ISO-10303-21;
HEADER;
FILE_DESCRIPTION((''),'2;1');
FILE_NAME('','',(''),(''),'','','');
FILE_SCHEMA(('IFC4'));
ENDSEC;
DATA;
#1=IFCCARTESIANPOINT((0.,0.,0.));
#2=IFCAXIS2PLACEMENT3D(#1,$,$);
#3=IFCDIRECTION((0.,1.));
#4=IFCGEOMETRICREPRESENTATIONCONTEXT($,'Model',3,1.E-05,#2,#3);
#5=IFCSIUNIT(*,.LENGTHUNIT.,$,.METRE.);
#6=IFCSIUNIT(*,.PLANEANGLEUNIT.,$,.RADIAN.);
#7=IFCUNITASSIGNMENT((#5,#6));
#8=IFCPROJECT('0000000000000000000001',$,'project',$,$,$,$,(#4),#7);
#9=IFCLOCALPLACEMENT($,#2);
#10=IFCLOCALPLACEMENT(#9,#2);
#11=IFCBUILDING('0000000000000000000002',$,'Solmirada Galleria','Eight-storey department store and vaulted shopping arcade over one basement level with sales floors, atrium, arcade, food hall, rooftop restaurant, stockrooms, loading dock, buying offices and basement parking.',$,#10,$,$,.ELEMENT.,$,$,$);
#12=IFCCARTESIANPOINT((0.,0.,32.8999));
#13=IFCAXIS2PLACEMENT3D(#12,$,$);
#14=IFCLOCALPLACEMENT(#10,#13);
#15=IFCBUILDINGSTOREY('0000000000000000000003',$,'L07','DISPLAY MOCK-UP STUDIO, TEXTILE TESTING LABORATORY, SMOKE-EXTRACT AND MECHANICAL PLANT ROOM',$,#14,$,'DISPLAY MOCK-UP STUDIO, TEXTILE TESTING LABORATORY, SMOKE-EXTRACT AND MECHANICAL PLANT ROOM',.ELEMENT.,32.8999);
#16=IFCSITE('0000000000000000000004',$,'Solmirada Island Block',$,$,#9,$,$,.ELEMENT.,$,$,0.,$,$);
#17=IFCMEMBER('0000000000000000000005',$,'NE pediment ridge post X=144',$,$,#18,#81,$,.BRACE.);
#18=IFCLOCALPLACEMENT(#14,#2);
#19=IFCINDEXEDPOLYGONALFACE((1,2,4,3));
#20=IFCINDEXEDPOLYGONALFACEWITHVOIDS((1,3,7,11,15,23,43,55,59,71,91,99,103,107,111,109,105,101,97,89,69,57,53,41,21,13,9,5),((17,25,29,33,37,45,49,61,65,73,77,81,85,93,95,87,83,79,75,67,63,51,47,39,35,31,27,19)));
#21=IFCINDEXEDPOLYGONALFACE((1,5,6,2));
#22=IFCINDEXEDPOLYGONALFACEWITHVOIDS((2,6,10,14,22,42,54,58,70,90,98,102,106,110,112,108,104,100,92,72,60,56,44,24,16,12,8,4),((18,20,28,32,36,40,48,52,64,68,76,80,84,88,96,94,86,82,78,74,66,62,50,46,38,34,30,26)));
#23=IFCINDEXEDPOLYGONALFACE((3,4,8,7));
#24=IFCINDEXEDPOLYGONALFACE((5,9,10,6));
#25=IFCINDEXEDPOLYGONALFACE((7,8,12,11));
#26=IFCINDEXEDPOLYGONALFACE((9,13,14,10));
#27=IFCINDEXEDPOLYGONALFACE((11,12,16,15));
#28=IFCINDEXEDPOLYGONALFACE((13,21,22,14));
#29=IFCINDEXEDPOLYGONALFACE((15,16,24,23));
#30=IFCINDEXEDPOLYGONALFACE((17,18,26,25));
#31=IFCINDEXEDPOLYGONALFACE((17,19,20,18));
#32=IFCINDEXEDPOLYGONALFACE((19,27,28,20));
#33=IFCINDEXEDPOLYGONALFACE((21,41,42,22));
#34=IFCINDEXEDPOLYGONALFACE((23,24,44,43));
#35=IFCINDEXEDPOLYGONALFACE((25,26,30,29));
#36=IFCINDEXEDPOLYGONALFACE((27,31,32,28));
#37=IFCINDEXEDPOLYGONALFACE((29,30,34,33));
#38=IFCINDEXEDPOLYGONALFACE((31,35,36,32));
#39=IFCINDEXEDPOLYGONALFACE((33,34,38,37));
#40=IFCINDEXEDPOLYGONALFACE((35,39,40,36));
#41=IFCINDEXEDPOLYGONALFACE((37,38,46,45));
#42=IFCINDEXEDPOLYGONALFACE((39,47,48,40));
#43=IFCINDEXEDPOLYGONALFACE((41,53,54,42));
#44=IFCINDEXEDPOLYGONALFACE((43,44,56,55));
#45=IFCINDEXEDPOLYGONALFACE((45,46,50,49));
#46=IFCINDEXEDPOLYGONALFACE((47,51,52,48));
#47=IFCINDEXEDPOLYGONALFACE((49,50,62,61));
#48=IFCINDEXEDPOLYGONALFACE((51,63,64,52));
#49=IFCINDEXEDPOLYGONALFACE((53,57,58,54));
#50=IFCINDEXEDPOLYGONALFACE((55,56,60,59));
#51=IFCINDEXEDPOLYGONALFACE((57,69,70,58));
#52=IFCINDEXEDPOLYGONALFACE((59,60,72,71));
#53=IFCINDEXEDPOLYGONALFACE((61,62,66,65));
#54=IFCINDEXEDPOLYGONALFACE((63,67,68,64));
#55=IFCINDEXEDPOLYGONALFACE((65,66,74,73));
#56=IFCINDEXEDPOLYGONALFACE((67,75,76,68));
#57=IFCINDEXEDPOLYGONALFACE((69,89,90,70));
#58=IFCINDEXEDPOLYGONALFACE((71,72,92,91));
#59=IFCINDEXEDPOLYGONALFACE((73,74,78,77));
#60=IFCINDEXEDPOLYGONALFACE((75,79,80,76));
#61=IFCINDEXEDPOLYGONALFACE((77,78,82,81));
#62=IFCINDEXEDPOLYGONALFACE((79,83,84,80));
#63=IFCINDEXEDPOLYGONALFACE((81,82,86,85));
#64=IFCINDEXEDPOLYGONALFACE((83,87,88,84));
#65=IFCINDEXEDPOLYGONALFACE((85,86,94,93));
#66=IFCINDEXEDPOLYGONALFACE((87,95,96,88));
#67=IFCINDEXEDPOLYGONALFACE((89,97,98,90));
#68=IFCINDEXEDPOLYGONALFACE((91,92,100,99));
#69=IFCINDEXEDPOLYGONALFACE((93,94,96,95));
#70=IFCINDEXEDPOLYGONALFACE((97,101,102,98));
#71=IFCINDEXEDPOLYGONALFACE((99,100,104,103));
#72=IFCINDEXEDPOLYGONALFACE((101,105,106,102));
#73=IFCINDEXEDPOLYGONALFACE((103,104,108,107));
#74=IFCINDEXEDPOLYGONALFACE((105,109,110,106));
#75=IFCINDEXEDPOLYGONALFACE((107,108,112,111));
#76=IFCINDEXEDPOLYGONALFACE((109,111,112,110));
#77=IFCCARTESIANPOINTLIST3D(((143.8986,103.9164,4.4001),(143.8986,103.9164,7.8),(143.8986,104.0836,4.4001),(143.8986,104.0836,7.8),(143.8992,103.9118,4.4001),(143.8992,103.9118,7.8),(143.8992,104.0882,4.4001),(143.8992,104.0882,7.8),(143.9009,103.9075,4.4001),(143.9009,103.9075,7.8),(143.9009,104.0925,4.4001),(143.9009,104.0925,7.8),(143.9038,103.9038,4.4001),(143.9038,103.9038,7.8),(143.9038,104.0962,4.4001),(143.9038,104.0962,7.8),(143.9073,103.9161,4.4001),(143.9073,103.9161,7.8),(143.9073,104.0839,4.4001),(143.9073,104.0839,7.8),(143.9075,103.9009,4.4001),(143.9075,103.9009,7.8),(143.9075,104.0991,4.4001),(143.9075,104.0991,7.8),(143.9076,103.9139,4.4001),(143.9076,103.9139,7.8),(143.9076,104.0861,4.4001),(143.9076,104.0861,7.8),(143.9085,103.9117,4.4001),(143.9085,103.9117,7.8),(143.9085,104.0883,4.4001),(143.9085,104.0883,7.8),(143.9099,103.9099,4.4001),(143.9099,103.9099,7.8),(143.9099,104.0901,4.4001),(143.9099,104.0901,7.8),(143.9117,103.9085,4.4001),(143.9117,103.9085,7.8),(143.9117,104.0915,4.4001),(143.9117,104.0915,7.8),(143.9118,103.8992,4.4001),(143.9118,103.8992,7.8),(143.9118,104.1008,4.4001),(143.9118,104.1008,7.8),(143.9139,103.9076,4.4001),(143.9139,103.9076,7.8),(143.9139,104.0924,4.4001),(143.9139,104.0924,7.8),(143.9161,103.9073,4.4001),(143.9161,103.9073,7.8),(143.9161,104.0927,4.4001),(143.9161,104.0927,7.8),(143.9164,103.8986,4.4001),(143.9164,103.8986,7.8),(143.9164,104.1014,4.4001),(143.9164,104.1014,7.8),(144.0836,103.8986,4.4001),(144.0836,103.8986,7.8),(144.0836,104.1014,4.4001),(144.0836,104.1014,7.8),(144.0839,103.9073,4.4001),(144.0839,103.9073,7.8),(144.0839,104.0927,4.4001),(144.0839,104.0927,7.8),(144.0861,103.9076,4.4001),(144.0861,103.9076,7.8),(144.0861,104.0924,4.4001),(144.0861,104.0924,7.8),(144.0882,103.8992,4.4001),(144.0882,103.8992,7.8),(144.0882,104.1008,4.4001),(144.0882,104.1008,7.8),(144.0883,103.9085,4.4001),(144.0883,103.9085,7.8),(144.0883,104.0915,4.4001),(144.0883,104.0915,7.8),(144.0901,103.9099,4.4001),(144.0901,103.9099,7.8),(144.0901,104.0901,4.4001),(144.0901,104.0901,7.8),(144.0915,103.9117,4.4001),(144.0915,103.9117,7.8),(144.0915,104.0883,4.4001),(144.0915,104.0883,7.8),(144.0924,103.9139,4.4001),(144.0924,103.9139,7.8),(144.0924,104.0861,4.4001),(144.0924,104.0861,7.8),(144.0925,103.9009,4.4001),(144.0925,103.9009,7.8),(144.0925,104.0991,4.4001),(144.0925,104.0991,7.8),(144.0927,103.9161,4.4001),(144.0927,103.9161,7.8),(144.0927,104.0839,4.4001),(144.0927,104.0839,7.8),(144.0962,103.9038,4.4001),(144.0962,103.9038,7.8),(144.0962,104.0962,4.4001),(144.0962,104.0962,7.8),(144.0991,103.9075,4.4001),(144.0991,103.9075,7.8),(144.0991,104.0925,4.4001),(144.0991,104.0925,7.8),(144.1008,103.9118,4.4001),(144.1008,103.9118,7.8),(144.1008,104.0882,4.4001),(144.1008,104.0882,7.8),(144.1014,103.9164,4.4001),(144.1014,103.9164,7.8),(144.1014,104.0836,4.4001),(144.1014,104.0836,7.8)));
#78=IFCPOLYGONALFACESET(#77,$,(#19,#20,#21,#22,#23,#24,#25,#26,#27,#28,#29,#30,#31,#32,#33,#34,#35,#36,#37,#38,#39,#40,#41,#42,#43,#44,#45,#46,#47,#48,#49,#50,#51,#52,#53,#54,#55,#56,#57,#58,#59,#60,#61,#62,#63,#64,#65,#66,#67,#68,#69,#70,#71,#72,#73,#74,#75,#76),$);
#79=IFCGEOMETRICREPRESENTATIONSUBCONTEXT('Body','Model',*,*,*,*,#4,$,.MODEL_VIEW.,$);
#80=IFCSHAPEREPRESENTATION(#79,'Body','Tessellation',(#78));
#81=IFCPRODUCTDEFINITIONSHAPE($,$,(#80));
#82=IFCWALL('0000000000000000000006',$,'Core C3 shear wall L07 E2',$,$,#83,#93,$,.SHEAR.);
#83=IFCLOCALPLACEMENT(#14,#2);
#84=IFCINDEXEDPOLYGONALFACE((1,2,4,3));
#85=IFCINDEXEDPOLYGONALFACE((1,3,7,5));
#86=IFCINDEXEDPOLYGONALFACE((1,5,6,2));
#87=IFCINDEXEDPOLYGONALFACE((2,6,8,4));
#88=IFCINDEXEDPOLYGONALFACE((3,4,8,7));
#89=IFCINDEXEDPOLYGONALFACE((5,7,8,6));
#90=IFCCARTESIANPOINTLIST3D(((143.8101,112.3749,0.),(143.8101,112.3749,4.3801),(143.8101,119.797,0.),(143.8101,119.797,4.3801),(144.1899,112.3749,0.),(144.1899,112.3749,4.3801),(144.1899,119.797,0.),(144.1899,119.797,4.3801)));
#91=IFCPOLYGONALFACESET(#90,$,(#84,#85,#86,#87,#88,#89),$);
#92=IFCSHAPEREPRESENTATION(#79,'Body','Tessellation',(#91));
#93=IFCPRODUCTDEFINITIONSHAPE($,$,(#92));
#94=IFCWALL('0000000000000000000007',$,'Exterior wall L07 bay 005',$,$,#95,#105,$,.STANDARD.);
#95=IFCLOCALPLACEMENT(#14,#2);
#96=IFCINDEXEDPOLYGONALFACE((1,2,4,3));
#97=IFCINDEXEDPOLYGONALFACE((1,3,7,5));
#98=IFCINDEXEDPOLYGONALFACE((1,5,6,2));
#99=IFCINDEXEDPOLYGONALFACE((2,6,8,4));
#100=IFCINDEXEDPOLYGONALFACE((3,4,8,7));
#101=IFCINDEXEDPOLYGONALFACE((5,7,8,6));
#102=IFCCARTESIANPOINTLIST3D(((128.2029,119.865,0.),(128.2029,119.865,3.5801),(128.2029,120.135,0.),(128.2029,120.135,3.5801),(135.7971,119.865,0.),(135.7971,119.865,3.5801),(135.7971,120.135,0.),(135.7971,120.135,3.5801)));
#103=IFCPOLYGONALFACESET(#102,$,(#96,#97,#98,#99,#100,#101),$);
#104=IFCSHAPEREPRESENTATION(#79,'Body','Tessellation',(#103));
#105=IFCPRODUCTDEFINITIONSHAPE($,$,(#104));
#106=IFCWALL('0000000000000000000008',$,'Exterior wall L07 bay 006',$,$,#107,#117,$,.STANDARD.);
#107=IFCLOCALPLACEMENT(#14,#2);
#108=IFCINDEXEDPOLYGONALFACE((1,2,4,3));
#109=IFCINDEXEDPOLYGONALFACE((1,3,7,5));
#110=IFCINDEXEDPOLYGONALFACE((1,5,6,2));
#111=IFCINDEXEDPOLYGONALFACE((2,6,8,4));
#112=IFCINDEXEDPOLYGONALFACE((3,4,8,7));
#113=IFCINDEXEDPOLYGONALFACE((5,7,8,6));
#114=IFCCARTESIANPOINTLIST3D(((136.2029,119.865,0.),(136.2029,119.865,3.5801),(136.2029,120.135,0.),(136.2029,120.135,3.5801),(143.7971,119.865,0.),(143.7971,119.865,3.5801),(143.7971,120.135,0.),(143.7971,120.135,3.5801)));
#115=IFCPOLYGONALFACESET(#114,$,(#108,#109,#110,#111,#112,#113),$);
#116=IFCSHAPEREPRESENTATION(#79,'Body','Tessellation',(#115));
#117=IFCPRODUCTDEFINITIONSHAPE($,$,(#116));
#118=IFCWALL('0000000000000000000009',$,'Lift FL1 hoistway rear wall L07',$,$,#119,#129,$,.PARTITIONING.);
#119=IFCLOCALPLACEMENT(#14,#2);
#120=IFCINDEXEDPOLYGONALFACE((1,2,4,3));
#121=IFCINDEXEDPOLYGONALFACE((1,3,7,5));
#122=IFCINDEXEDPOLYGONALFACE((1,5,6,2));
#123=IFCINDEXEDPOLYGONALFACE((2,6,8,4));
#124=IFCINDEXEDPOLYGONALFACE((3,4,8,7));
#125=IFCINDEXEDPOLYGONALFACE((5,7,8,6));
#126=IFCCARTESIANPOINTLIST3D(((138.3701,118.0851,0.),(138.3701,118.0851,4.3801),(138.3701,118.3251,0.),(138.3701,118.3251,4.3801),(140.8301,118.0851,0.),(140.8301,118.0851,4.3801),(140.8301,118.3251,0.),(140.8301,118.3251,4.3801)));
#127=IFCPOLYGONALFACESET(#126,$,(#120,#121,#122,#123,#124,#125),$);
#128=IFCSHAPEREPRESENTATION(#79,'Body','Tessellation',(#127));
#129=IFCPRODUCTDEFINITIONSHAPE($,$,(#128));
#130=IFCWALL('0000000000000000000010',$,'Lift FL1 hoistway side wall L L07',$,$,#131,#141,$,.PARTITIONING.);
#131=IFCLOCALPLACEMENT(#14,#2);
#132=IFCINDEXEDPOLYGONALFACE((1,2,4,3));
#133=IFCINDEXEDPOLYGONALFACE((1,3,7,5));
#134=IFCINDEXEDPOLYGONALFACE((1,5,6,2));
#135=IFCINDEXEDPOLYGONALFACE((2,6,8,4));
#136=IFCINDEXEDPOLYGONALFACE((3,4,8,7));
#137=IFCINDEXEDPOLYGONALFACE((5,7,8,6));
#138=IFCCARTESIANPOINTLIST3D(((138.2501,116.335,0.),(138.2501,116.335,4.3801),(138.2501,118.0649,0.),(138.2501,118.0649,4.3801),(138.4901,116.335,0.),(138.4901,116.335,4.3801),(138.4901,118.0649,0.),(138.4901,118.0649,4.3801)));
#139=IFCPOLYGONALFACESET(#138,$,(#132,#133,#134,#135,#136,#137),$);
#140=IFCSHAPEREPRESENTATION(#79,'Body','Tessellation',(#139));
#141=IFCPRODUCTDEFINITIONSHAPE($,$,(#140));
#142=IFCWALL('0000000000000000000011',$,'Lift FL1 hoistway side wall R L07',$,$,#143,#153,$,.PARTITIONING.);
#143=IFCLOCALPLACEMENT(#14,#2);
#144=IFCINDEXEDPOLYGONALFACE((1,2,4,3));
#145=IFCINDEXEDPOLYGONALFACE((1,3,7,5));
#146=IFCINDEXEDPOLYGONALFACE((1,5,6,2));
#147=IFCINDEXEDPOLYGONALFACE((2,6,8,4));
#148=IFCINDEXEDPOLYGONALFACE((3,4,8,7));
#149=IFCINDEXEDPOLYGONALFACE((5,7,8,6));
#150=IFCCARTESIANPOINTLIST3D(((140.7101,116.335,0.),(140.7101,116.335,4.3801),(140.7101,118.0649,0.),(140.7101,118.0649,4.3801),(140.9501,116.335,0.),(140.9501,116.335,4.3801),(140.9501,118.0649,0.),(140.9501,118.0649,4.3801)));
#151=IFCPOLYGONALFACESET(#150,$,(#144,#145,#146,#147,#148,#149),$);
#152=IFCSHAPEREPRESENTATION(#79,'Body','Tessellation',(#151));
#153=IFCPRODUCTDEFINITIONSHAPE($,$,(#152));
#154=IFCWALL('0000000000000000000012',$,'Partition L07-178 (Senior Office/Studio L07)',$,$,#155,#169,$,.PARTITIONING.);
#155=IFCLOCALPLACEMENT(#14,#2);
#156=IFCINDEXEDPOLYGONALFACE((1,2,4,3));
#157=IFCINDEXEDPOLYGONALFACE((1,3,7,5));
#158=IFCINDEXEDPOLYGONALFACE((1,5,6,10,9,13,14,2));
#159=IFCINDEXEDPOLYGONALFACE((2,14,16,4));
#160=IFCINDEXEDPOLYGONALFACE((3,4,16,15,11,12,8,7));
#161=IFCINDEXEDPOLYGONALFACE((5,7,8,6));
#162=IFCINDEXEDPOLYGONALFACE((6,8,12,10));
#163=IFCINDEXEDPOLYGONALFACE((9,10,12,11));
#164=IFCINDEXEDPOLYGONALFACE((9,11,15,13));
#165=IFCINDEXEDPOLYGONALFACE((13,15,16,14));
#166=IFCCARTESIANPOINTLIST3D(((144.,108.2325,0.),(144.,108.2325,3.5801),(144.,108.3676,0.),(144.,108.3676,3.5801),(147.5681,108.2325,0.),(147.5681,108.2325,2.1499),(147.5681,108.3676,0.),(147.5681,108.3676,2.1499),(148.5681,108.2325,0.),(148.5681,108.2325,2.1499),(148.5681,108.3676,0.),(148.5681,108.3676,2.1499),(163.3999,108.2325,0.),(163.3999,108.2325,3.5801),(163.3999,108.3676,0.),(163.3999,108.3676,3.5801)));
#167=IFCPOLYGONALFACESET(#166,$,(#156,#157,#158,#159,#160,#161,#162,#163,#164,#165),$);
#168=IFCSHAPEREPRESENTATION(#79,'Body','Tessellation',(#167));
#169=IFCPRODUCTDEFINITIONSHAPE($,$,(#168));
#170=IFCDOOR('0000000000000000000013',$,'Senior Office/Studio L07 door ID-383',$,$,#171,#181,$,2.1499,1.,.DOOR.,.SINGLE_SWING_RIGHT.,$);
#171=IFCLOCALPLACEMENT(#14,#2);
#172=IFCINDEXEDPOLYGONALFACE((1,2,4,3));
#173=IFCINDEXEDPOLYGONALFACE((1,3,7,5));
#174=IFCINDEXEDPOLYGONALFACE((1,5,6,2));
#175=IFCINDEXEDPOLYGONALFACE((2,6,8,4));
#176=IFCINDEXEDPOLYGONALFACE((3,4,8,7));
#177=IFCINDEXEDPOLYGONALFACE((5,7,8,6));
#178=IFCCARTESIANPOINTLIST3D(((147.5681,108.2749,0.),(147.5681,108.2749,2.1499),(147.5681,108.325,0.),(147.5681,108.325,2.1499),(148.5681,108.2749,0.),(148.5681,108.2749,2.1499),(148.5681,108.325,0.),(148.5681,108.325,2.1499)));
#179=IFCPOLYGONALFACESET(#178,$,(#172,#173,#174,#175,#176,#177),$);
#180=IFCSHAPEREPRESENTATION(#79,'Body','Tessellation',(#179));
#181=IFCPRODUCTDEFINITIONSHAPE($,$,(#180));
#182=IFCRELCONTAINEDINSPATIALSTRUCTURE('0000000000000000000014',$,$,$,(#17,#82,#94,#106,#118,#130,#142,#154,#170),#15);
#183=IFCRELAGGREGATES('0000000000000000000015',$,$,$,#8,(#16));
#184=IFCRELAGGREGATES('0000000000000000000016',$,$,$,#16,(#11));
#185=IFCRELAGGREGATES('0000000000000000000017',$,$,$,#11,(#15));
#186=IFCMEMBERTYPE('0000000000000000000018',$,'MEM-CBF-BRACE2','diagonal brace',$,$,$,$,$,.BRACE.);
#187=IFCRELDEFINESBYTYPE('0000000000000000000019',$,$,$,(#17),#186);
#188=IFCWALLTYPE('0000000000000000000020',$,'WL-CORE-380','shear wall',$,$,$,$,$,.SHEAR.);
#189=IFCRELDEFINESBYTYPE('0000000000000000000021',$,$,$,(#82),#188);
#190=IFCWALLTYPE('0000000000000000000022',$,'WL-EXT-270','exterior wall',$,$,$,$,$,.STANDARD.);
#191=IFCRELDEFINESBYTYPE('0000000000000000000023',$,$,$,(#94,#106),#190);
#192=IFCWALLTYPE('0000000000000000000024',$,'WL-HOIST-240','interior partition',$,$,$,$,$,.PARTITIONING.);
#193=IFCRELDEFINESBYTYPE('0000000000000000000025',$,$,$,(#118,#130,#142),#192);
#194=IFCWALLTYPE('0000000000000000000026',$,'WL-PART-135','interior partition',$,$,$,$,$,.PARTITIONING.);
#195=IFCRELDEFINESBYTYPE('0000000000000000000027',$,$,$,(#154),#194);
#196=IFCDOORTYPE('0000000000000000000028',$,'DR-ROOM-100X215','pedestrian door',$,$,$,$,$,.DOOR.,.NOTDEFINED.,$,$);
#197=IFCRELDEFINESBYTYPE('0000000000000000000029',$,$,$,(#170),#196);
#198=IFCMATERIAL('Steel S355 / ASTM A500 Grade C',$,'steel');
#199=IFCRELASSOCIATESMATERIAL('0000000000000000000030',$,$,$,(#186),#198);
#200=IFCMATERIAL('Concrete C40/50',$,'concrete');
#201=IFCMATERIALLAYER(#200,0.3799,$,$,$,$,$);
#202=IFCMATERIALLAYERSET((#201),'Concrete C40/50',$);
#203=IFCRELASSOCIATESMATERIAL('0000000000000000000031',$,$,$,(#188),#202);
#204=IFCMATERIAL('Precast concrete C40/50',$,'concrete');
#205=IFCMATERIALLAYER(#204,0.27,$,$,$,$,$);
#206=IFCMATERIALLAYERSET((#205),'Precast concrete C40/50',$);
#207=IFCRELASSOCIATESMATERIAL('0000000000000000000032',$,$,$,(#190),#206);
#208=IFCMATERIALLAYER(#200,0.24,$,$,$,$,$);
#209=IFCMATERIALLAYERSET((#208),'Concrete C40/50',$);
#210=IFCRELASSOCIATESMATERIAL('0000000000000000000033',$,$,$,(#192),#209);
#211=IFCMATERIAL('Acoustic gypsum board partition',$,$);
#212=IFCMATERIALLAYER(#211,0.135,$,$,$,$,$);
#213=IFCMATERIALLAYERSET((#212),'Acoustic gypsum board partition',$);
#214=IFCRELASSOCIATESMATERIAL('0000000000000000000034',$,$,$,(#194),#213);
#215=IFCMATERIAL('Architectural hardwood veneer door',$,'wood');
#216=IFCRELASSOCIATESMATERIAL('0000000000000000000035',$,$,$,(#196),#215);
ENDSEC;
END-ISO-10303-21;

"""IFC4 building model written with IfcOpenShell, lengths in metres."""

from ifc_helpers import new_model, si_unit, direction, frame, frame_2d, origin, origin_2d, place, context, subcontext, project, spatial, rectangle, hollow_rectangle, extrude, material, layer, layer_set, material_profile, profile_set, type_object, element, fill, save


model = new_model("IFC4")

# Units and contexts
model_context = context("Model", 3, precision=1e-05, world=origin(), true_north=direction((0.0, 1.0)))
body_context = subcontext(model_context, "Body", "Model", "MODEL_VIEW")
ifc_project = project(units=[si_unit("LENGTHUNIT", "METRE"), si_unit("PLANEANGLEUNIT", "RADIAN")], contexts=[model_context])

# Site, building, storey
site_placement = place(None, origin())
site = spatial("IfcSite", under=ifc_project, at=site_placement, Name="Solmirada Island Block", CompositionType="ELEMENT", RefElevation=0.0)
building_placement = place(site_placement, origin())
building = spatial("IfcBuilding", under=site, at=building_placement, Name="Solmirada Galleria", Description="Eight-storey department store and vaulted shopping arcade over one basement level with sales floors, atrium, arcade, food hall, rooftop restaurant, stockrooms, loading dock, buying offices and basement parking.", CompositionType="ELEMENT")
storey_placement = place(building_placement, frame((0.0, 0.0, 32.8999)))
storey = spatial("IfcBuildingStorey", under=building, at=storey_placement, Name="L07", Description="DISPLAY MOCK-UP STUDIO, TEXTILE TESTING LABORATORY, SMOKE-EXTRACT AND MECHANICAL PLANT ROOM", LongName="DISPLAY MOCK-UP STUDIO, TEXTILE TESTING LABORATORY, SMOKE-EXTRACT AND MECHANICAL PLANT ROOM", CompositionType="ELEMENT", Elevation=32.8999)

# Shared definitions
ifc_material_1 = material(Name="Steel S355 / ASTM A500 Grade C", Category="steel")
ifc_material_2 = material(Name="Concrete C40/50", Category="concrete")

# Member
ifc_material_profile_1 = material_profile(ifc_material_1, hollow_rectangle(XDim=0.2029, YDim=0.2029, WallThickness=0.0088, InnerFilletRadius=0.0088, OuterFilletRadius=0.0178, at=origin_2d()), Name="HSS8X8X3/8")
ifc_profile_set_1 = profile_set([ifc_material_profile_1], Name="Steel S355 / ASTM A500 Grade C")
member_type = type_object("IfcMemberType", Name="MEM-CBF-BRACE2", Description="diagonal brace", PredefinedType="BRACE", material=ifc_profile_set_1)
member_placement = place(storey_placement, frame((144.0, 104.0, 4.4001), z_axis=(0.0, 0.0, 1.0), x_axis=(1.0, 0.0, 0.0)))
element("IfcMember", 1, at=member_placement, inside=storey, type_object=member_type, Name="NE pediment ridge post X=144", PredefinedType="BRACE", context=body_context, shape_type="SweptSolid", body=[
    extrude(hollow_rectangle(XDim=0.2029, YDim=0.2029, WallThickness=0.0088, InnerFilletRadius=0.0088, OuterFilletRadius=0.0178, at=origin_2d()), origin(), (0.0, 0.0, 1.0), 3.3999),
])

# Shared definitions
ifc_layer_1 = layer(ifc_material_2, 0.3799)
ifc_layer_set_1 = layer_set([ifc_layer_1], Name="Concrete C40/50")
wall_type_1 = type_object("IfcWallType", Name="WL-CORE-380", Description="shear wall", PredefinedType="SHEAR", material=ifc_layer_set_1)

# Walls
wall_1_placement = place(storey_placement, frame((144.0, 112.375, 0.0), z_axis=(0.0, 0.0, 1.0), x_axis=(0.0, 1.0, 0.0)))
element("IfcWall", 2, at=wall_1_placement, inside=storey, type_object=wall_type_1, Name="Core C3 shear wall L07 E2", PredefinedType="SHEAR", context=body_context, shape_type="SweptSolid", body=[
    extrude(rectangle(XDim=7.4221, YDim=0.3799, at=frame_2d((3.7109, 0.0))), origin(), (0.0, 0.0, 1.0), 4.3801),
])
ifc_material_3 = material(Name="Precast concrete C40/50", Category="concrete")
ifc_layer_2 = layer(ifc_material_3, 0.27)
ifc_layer_set_2 = layer_set([ifc_layer_2], Name="Precast concrete C40/50")
wall_type_2 = type_object("IfcWallType", Name="WL-EXT-270", Description="exterior wall", PredefinedType="STANDARD", material=ifc_layer_set_2)
for number, where, z_axis, x_axis, name in (
    (3, (128.2029, 120.0, 0.0), (0.0, 0.0, 1.0), (1.0, 0.0, 0.0), "Exterior wall L07 bay 005"),
    (4, (136.2029, 120.0, 0.0), (0.0, 0.0, 1.0), (1.0, 0.0, 0.0), "Exterior wall L07 bay 006"),
):
    element("IfcWall", number, at=place(storey_placement, frame(where, z_axis=z_axis, x_axis=x_axis)), inside=storey, type_object=wall_type_2, Name=name, PredefinedType="STANDARD", context=body_context, shape_type="SweptSolid", body=[
        extrude(rectangle(XDim=7.5942, YDim=0.27, at=frame_2d((3.7971, 0.0))), origin(), (0.0, 0.0, 1.0), 3.5801),
    ])

# Shared definitions
ifc_layer_3 = layer(ifc_material_2, 0.24)
ifc_layer_set_3 = layer_set([ifc_layer_3], Name="Concrete C40/50")
wall_type_3 = type_object("IfcWallType", Name="WL-HOIST-240", Description="interior partition", PredefinedType="PARTITIONING", material=ifc_layer_set_3)

# Walls
wall_2_placement = place(storey_placement, frame((138.3701, 118.2051, 0.0), z_axis=(0.0, 0.0, 1.0), x_axis=(1.0, 0.0, 0.0)))
element("IfcWall", 5, at=wall_2_placement, inside=storey, type_object=wall_type_3, Name="Lift FL1 hoistway rear wall L07", PredefinedType="PARTITIONING", context=body_context, shape_type="SweptSolid", body=[
    extrude(rectangle(XDim=2.46, YDim=0.24, at=frame_2d((1.23, 0.0))), origin(), (0.0, 0.0, 1.0), 4.3801),
])
for number, where, z_axis, x_axis, name in (
    (6, (138.3701, 116.335, 0.0), (0.0, 0.0, 1.0), (0.0, 1.0, 0.0), "Lift FL1 hoistway side wall L L07"),
    (7, (140.8301, 116.335, 0.0), (0.0, 0.0, 1.0), (0.0, 1.0, 0.0), "Lift FL1 hoistway side wall R L07"),
):
    element("IfcWall", number, at=place(storey_placement, frame(where, z_axis=z_axis, x_axis=x_axis)), inside=storey, type_object=wall_type_3, Name=name, PredefinedType="PARTITIONING", context=body_context, shape_type="SweptSolid", body=[
        extrude(rectangle(XDim=1.73, YDim=0.24, at=frame_2d((0.865, 0.0))), origin(), (0.0, 0.0, 1.0), 4.3801),
    ])

# Wall, opening, door
ifc_material_4 = material(Name="Acoustic gypsum board partition")
ifc_layer_4 = layer(ifc_material_4, 0.135)
ifc_layer_set_4 = layer_set([ifc_layer_4], Name="Acoustic gypsum board partition")
wall_type_4 = type_object("IfcWallType", Name="WL-PART-135", Description="interior partition", PredefinedType="PARTITIONING", material=ifc_layer_set_4)
wall_3_placement = place(storey_placement, frame((144.0, 108.3, 0.0), z_axis=(0.0, 0.0, 1.0), x_axis=(1.0, 0.0, 0.0)))
wall_3 = element("IfcWall", 8, at=wall_3_placement, inside=storey, type_object=wall_type_4, Name="Partition L07-178 (Senior Office/Studio L07)", PredefinedType="PARTITIONING", context=body_context, shape_type="SweptSolid", body=[
    extrude(rectangle(XDim=19.3999, YDim=0.135, at=frame_2d((9.7, 0.0))), origin(), (0.0, 0.0, 1.0), 3.5801),
])
opening_1_placement = place(wall_3_placement, frame((3.5681, 0.0, 0.0)))
opening_1 = element("IfcOpeningElement", 9, at=opening_1_placement, cuts=wall_3, PredefinedType="OPENING", context=body_context, shape_type="SweptSolid", body=[
    extrude(rectangle(XDim=1.0, YDim=2.1499, at=frame_2d((0.5, 1.075))), frame((0.0, 0.0774, 0.0), z_axis=(0.0, -1.0, 0.0), x_axis=(1.0, 0.0, 0.0)), (0.0, 0.0, 1.0), 0.155),
])
ifc_material_5 = material(Name="Architectural hardwood veneer door", Category="wood")
door_type_1 = type_object("IfcDoorType", Name="DR-ROOM-100X215", Description="pedestrian door", OperationType="NOTDEFINED", PredefinedType="DOOR", material=ifc_material_5)
door_1_placement = place(opening_1_placement, origin())
door_1 = element("IfcDoor", 10, at=door_1_placement, inside=storey, type_object=door_type_1, Name="Senior Office/Studio L07 door ID-383", OperationType="SINGLE_SWING_RIGHT", OverallHeight=2.1499, OverallWidth=1.0, PredefinedType="DOOR", context=body_context, shape_type="SweptSolid", body=[
    extrude(rectangle(XDim=1.0, YDim=2.1499, at=frame_2d((0.5, 1.075))), frame((0.0, 0.0249, 0.0), z_axis=(0.0, -1.0, 0.0), x_axis=(1.0, 0.0, 0.0)), (0.0, 0.0, 1.0), 0.05),
])
fill(opening_1, door_1)

save(model, "model.ifc")
